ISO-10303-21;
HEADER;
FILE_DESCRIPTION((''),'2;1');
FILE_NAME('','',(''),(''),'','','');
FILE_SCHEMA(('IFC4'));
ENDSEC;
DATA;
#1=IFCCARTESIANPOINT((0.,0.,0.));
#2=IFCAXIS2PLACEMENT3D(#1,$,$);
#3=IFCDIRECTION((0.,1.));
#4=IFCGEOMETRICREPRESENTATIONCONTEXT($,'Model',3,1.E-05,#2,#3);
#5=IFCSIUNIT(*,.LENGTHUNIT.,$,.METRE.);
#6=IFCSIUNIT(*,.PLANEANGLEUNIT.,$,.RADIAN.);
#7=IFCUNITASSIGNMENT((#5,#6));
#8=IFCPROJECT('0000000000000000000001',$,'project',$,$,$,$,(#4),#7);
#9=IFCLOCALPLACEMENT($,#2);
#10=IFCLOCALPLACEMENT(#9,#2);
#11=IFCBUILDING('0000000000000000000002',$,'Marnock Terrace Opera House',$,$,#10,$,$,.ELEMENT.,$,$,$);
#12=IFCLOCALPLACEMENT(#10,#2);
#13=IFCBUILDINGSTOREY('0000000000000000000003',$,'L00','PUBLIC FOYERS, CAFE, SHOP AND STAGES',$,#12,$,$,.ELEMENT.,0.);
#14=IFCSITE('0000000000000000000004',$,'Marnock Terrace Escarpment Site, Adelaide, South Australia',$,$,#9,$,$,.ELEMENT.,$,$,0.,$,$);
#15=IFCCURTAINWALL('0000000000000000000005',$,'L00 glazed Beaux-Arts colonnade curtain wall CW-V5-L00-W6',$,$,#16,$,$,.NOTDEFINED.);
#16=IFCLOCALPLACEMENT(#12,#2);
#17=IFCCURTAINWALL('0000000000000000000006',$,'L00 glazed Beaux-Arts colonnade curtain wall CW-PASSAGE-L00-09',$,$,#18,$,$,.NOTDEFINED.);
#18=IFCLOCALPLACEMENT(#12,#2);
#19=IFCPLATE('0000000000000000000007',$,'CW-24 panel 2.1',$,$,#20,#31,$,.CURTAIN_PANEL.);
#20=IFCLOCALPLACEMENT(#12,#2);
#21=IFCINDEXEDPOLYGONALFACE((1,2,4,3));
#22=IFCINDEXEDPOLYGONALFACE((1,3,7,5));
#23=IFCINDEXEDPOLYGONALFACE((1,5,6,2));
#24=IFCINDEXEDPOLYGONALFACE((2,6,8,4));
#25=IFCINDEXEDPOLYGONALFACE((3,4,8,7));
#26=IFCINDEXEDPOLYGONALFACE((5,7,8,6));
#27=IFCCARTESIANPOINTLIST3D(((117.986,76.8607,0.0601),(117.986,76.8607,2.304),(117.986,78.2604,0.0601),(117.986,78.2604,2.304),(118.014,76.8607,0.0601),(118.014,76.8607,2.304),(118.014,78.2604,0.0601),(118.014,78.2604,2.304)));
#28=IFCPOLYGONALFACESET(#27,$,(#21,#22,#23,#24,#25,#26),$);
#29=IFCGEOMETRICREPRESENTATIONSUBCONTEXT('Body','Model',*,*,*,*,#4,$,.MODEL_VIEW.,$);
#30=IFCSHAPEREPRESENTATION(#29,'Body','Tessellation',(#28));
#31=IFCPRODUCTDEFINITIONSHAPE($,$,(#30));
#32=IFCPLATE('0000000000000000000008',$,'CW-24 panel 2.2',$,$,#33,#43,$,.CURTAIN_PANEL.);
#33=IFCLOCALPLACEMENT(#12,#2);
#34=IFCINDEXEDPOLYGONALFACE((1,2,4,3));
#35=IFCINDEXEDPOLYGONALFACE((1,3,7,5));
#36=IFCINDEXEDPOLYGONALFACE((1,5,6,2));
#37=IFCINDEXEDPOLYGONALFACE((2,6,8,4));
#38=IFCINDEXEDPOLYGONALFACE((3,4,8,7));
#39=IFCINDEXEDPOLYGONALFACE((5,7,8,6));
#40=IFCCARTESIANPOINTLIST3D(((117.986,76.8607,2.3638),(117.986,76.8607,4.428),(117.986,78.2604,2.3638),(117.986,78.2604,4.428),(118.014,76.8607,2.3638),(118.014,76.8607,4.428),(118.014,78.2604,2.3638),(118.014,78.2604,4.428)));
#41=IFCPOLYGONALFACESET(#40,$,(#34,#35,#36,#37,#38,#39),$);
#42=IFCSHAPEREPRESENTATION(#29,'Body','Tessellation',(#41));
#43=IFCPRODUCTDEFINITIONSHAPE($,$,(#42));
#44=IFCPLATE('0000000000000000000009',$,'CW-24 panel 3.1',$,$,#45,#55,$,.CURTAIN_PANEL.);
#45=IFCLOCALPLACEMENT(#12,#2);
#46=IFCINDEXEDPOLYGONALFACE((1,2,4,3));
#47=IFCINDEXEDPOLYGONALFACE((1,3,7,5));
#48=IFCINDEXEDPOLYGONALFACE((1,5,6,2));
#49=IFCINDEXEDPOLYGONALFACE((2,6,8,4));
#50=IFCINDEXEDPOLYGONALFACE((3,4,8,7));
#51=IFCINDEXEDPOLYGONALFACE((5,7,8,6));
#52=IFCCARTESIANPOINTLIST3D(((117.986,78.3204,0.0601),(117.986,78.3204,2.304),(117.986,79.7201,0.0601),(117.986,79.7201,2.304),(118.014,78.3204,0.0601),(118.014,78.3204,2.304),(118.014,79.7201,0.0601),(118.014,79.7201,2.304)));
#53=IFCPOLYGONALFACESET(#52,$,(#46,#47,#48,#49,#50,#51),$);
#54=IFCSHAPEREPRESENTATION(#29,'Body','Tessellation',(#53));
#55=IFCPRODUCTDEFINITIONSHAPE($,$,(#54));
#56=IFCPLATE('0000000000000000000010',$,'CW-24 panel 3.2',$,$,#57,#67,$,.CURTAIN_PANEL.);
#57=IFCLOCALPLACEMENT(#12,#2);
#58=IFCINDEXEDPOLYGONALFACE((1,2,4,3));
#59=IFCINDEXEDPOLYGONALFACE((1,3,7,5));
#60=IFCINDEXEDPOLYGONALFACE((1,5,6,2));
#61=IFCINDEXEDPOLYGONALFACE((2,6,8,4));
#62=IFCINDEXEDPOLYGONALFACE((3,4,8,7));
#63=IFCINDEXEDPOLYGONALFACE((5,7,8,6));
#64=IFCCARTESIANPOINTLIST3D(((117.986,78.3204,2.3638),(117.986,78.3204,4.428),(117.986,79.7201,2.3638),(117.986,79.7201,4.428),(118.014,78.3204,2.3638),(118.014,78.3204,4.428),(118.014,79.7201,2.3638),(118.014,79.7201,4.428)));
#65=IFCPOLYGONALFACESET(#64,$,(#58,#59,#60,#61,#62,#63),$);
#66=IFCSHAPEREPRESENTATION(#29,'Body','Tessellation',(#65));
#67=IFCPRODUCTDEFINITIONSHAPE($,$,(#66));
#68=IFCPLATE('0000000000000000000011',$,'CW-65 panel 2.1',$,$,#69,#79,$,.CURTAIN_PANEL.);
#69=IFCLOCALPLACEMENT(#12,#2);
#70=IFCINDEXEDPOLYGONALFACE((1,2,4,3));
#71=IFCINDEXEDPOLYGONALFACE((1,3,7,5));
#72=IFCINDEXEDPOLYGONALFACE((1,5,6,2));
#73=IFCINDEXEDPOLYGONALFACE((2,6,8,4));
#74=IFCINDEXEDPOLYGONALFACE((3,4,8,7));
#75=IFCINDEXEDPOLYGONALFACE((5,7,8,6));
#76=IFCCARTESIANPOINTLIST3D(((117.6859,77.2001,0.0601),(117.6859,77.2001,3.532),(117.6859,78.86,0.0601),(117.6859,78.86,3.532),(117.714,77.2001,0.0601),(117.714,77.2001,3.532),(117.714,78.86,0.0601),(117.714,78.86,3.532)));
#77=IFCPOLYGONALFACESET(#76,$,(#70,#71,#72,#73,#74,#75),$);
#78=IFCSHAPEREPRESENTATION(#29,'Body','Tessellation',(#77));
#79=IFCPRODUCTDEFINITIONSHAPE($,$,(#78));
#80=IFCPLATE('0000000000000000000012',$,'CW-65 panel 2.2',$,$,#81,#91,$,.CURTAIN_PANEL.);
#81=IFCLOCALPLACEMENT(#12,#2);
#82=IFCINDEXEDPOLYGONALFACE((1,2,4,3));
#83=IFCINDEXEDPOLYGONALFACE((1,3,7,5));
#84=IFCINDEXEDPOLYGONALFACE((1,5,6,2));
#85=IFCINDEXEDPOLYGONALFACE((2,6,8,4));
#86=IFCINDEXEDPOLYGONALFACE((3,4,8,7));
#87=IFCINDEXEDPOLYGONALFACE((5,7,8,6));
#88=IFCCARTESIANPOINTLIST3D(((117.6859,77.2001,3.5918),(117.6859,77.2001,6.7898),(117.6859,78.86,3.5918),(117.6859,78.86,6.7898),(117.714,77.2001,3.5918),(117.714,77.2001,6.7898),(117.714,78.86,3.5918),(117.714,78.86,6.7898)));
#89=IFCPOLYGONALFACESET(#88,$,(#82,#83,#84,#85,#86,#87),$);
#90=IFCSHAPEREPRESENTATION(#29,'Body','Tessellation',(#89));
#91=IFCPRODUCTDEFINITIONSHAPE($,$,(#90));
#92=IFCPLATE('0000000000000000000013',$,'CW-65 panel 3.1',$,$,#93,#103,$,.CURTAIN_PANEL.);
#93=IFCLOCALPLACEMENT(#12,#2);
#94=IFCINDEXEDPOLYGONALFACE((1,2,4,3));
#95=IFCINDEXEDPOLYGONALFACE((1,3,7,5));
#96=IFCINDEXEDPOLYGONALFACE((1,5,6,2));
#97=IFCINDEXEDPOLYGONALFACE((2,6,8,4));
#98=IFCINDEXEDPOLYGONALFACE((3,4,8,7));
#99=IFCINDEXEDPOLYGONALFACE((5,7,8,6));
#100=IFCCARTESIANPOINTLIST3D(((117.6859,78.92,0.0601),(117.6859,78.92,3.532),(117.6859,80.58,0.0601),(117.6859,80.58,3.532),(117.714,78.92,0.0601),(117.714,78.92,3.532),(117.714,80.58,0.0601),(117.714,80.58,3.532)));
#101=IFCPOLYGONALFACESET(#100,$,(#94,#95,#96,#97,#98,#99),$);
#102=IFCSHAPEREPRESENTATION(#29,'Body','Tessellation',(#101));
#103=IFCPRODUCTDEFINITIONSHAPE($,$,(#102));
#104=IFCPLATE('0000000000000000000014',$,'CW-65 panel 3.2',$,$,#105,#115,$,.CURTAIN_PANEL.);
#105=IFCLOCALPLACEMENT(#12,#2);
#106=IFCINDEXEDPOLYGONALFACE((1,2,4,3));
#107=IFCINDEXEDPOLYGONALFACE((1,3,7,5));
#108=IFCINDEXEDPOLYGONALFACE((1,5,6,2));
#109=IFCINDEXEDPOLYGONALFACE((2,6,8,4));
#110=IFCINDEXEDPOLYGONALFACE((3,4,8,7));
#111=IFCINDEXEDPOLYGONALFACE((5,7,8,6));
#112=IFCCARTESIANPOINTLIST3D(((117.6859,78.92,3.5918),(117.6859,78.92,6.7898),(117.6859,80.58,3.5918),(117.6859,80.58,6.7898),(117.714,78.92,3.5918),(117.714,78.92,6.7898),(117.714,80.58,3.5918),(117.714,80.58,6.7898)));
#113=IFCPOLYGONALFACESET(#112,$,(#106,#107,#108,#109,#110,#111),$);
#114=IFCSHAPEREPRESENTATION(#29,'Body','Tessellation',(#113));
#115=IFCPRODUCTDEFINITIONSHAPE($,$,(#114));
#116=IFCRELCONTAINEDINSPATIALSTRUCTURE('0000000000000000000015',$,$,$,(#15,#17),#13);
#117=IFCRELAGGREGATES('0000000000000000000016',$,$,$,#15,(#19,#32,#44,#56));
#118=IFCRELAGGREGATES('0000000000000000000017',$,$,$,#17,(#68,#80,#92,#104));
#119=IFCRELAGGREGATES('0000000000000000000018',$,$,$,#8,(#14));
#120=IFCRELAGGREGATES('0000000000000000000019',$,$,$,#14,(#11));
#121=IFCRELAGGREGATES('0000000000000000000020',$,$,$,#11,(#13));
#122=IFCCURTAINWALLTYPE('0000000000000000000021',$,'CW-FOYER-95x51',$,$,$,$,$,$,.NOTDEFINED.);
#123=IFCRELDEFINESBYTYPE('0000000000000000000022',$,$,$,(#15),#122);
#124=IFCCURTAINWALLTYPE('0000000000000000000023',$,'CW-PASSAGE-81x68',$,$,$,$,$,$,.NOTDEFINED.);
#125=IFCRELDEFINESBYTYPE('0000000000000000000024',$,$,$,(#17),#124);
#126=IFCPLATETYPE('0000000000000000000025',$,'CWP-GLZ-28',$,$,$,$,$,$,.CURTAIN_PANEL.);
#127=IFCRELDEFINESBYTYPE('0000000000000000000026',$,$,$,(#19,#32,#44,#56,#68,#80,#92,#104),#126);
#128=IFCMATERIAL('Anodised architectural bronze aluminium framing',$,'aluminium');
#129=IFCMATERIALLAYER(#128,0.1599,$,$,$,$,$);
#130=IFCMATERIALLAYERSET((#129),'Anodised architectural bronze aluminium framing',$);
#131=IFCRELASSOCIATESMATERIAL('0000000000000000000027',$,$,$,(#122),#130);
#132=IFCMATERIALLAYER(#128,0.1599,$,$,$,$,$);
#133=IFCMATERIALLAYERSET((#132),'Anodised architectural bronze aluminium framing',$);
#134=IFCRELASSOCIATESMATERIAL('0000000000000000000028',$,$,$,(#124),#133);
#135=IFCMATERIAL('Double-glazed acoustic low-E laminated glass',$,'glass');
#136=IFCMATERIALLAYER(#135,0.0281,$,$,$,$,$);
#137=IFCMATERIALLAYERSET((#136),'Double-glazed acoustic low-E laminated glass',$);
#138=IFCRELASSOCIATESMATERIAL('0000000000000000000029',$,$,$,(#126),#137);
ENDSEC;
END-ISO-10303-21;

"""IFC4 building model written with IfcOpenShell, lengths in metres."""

from ifc_helpers import new_model, si_unit, direction, frame, origin, origin_2d, place, context, subcontext, project, spatial, rectangle, extrude, material, layer, layer_set, type_object, element, aggregate, save


model = new_model("IFC4")

# Units and contexts
model_context = context("Model", 3, precision=1e-05, world=origin(), true_north=direction((0.0, 1.0)))
body_context = subcontext(model_context, "Body", "Model", "MODEL_VIEW")
ifc_project = project(units=[si_unit("LENGTHUNIT", "METRE"), si_unit("PLANEANGLEUNIT", "RADIAN")], contexts=[model_context])

# Site, building, storey
site_placement = place(None, origin())
site = spatial("IfcSite", under=ifc_project, at=site_placement, Name="Marnock Terrace Escarpment Site, Adelaide, South Australia", CompositionType="ELEMENT", RefElevation=0.0)
building_placement = place(site_placement, origin())
building = spatial("IfcBuilding", under=site, at=building_placement, Name="Marnock Terrace Opera House", CompositionType="ELEMENT")
storey_placement = place(building_placement, origin())
storey = spatial("IfcBuildingStorey", under=building, at=storey_placement, Name="L00", Description="PUBLIC FOYERS, CAFE, SHOP AND STAGES", CompositionType="ELEMENT", Elevation=0.0)

# Curtain walls
ifc_material_1 = material(Name="Anodised architectural bronze aluminium framing", Category="aluminium")
ifc_layer_1 = layer(ifc_material_1, 0.1599)
ifc_layer_set_1 = layer_set([ifc_layer_1], Name="Anodised architectural bronze aluminium framing")
curtain_wall_type_1 = type_object("IfcCurtainWallType", Name="CW-FOYER-95x51", PredefinedType="NOTDEFINED", material=ifc_layer_set_1)
curtain_wall_1_placement = place(storey_placement, origin())
curtain_wall_1 = element("IfcCurtainWall", 1, at=curtain_wall_1_placement, inside=storey, type_object=curtain_wall_type_1, Name="L00 glazed Beaux-Arts colonnade curtain wall CW-V5-L00-W6", PredefinedType="NOTDEFINED")
ifc_layer_2 = layer(ifc_material_1, 0.1599)
ifc_layer_set_2 = layer_set([ifc_layer_2], Name="Anodised architectural bronze aluminium framing")
curtain_wall_type_2 = type_object("IfcCurtainWallType", Name="CW-PASSAGE-81x68", PredefinedType="NOTDEFINED", material=ifc_layer_set_2)
curtain_wall_2_placement = place(storey_placement, origin())
curtain_wall_2 = element("IfcCurtainWall", 2, at=curtain_wall_2_placement, inside=storey, type_object=curtain_wall_type_2, Name="L00 glazed Beaux-Arts colonnade curtain wall CW-PASSAGE-L00-09", PredefinedType="NOTDEFINED")

# Plates
ifc_material_2 = material(Name="Double-glazed acoustic low-E laminated glass", Category="glass")
ifc_layer_3 = layer(ifc_material_2, 0.0281)
ifc_layer_set_3 = layer_set([ifc_layer_3], Name="Double-glazed acoustic low-E laminated glass")
plate_type = type_object("IfcPlateType", Name="CWP-GLZ-28", PredefinedType="CURTAIN_PANEL", material=ifc_layer_set_3)
plate_1_placement = place(storey_placement, frame((118.0, 77.5605, 0.0601), z_axis=(0.0, 0.0, 1.0), x_axis=(0.0, 1.0, 0.0)))
plate_1 = element("IfcPlate", 3, at=plate_1_placement, type_object=plate_type, Name="CW-24 panel 2.1", PredefinedType="CURTAIN_PANEL", context=body_context, shape_type="SweptSolid", body=[
    extrude(rectangle(XDim=1.3997, YDim=0.0281, at=origin_2d()), origin(), (0.0, 0.0, 1.0), 2.2439),
])
plate_2_placement = place(storey_placement, frame((118.0, 77.5605, 2.3638), z_axis=(0.0, 0.0, 1.0), x_axis=(0.0, 1.0, 0.0)))
plate_2 = element("IfcPlate", 4, at=plate_2_placement, type_object=plate_type, Name="CW-24 panel 2.2", PredefinedType="CURTAIN_PANEL", context=body_context, shape_type="SweptSolid", body=[
    extrude(rectangle(XDim=1.3997, YDim=0.0281, at=origin_2d()), origin(), (0.0, 0.0, 1.0), 2.0642),
])
plate_3_placement = place(storey_placement, frame((118.0, 79.0203, 0.0601), z_axis=(0.0, 0.0, 1.0), x_axis=(0.0, 1.0, 0.0)))
plate_3 = element("IfcPlate", 5, at=plate_3_placement, type_object=plate_type, Name="CW-24 panel 3.1", PredefinedType="CURTAIN_PANEL", context=body_context, shape_type="SweptSolid", body=[
    extrude(rectangle(XDim=1.3997, YDim=0.0281, at=origin_2d()), origin(), (0.0, 0.0, 1.0), 2.2439),
])
plate_4_placement = place(storey_placement, frame((118.0, 79.0203, 2.3638), z_axis=(0.0, 0.0, 1.0), x_axis=(0.0, 1.0, 0.0)))
plate_4 = element("IfcPlate", 6, at=plate_4_placement, type_object=plate_type, Name="CW-24 panel 3.2", PredefinedType="CURTAIN_PANEL", context=body_context, shape_type="SweptSolid", body=[
    extrude(rectangle(XDim=1.3997, YDim=0.0281, at=origin_2d()), origin(), (0.0, 0.0, 1.0), 2.0642),
])
aggregate(curtain_wall_1, [plate_1, plate_2, plate_3, plate_4])
plate_5_placement = place(storey_placement, frame((117.7, 78.03, 0.0601), z_axis=(0.0, 0.0, 1.0), x_axis=(0.0, 1.0, 0.0)))
plate_5 = element("IfcPlate", 7, at=plate_5_placement, type_object=plate_type, Name="CW-65 panel 2.1", PredefinedType="CURTAIN_PANEL", context=body_context, shape_type="SweptSolid", body=[
    extrude(rectangle(XDim=1.6599, YDim=0.0281, at=origin_2d()), origin(), (0.0, 0.0, 1.0), 3.4719),
])
plate_6_placement = place(storey_placement, frame((117.7, 78.03, 3.5918), z_axis=(0.0, 0.0, 1.0), x_axis=(0.0, 1.0, 0.0)))
plate_6 = element("IfcPlate", 8, at=plate_6_placement, type_object=plate_type, Name="CW-65 panel 2.2", PredefinedType="CURTAIN_PANEL", context=body_context, shape_type="SweptSolid", body=[
    extrude(rectangle(XDim=1.6599, YDim=0.0281, at=origin_2d()), origin(), (0.0, 0.0, 1.0), 3.198),
])
plate_7_placement = place(storey_placement, frame((117.7, 79.75, 0.0601), z_axis=(0.0, 0.0, 1.0), x_axis=(0.0, 1.0, 0.0)))
plate_7 = element("IfcPlate", 9, at=plate_7_placement, type_object=plate_type, Name="CW-65 panel 3.1", PredefinedType="CURTAIN_PANEL", context=body_context, shape_type="SweptSolid", body=[
    extrude(rectangle(XDim=1.6599, YDim=0.0281, at=origin_2d()), origin(), (0.0, 0.0, 1.0), 3.4719),
])
plate_8_placement = place(storey_placement, frame((117.7, 79.75, 3.5918), z_axis=(0.0, 0.0, 1.0), x_axis=(0.0, 1.0, 0.0)))
plate_8 = element("IfcPlate", 10, at=plate_8_placement, type_object=plate_type, Name="CW-65 panel 3.2", PredefinedType="CURTAIN_PANEL", context=body_context, shape_type="SweptSolid", body=[
    extrude(rectangle(XDim=1.6599, YDim=0.0281, at=origin_2d()), origin(), (0.0, 0.0, 1.0), 3.198),
])
aggregate(curtain_wall_2, [plate_5, plate_6, plate_7, plate_8])

save(model, "model.ifc")
